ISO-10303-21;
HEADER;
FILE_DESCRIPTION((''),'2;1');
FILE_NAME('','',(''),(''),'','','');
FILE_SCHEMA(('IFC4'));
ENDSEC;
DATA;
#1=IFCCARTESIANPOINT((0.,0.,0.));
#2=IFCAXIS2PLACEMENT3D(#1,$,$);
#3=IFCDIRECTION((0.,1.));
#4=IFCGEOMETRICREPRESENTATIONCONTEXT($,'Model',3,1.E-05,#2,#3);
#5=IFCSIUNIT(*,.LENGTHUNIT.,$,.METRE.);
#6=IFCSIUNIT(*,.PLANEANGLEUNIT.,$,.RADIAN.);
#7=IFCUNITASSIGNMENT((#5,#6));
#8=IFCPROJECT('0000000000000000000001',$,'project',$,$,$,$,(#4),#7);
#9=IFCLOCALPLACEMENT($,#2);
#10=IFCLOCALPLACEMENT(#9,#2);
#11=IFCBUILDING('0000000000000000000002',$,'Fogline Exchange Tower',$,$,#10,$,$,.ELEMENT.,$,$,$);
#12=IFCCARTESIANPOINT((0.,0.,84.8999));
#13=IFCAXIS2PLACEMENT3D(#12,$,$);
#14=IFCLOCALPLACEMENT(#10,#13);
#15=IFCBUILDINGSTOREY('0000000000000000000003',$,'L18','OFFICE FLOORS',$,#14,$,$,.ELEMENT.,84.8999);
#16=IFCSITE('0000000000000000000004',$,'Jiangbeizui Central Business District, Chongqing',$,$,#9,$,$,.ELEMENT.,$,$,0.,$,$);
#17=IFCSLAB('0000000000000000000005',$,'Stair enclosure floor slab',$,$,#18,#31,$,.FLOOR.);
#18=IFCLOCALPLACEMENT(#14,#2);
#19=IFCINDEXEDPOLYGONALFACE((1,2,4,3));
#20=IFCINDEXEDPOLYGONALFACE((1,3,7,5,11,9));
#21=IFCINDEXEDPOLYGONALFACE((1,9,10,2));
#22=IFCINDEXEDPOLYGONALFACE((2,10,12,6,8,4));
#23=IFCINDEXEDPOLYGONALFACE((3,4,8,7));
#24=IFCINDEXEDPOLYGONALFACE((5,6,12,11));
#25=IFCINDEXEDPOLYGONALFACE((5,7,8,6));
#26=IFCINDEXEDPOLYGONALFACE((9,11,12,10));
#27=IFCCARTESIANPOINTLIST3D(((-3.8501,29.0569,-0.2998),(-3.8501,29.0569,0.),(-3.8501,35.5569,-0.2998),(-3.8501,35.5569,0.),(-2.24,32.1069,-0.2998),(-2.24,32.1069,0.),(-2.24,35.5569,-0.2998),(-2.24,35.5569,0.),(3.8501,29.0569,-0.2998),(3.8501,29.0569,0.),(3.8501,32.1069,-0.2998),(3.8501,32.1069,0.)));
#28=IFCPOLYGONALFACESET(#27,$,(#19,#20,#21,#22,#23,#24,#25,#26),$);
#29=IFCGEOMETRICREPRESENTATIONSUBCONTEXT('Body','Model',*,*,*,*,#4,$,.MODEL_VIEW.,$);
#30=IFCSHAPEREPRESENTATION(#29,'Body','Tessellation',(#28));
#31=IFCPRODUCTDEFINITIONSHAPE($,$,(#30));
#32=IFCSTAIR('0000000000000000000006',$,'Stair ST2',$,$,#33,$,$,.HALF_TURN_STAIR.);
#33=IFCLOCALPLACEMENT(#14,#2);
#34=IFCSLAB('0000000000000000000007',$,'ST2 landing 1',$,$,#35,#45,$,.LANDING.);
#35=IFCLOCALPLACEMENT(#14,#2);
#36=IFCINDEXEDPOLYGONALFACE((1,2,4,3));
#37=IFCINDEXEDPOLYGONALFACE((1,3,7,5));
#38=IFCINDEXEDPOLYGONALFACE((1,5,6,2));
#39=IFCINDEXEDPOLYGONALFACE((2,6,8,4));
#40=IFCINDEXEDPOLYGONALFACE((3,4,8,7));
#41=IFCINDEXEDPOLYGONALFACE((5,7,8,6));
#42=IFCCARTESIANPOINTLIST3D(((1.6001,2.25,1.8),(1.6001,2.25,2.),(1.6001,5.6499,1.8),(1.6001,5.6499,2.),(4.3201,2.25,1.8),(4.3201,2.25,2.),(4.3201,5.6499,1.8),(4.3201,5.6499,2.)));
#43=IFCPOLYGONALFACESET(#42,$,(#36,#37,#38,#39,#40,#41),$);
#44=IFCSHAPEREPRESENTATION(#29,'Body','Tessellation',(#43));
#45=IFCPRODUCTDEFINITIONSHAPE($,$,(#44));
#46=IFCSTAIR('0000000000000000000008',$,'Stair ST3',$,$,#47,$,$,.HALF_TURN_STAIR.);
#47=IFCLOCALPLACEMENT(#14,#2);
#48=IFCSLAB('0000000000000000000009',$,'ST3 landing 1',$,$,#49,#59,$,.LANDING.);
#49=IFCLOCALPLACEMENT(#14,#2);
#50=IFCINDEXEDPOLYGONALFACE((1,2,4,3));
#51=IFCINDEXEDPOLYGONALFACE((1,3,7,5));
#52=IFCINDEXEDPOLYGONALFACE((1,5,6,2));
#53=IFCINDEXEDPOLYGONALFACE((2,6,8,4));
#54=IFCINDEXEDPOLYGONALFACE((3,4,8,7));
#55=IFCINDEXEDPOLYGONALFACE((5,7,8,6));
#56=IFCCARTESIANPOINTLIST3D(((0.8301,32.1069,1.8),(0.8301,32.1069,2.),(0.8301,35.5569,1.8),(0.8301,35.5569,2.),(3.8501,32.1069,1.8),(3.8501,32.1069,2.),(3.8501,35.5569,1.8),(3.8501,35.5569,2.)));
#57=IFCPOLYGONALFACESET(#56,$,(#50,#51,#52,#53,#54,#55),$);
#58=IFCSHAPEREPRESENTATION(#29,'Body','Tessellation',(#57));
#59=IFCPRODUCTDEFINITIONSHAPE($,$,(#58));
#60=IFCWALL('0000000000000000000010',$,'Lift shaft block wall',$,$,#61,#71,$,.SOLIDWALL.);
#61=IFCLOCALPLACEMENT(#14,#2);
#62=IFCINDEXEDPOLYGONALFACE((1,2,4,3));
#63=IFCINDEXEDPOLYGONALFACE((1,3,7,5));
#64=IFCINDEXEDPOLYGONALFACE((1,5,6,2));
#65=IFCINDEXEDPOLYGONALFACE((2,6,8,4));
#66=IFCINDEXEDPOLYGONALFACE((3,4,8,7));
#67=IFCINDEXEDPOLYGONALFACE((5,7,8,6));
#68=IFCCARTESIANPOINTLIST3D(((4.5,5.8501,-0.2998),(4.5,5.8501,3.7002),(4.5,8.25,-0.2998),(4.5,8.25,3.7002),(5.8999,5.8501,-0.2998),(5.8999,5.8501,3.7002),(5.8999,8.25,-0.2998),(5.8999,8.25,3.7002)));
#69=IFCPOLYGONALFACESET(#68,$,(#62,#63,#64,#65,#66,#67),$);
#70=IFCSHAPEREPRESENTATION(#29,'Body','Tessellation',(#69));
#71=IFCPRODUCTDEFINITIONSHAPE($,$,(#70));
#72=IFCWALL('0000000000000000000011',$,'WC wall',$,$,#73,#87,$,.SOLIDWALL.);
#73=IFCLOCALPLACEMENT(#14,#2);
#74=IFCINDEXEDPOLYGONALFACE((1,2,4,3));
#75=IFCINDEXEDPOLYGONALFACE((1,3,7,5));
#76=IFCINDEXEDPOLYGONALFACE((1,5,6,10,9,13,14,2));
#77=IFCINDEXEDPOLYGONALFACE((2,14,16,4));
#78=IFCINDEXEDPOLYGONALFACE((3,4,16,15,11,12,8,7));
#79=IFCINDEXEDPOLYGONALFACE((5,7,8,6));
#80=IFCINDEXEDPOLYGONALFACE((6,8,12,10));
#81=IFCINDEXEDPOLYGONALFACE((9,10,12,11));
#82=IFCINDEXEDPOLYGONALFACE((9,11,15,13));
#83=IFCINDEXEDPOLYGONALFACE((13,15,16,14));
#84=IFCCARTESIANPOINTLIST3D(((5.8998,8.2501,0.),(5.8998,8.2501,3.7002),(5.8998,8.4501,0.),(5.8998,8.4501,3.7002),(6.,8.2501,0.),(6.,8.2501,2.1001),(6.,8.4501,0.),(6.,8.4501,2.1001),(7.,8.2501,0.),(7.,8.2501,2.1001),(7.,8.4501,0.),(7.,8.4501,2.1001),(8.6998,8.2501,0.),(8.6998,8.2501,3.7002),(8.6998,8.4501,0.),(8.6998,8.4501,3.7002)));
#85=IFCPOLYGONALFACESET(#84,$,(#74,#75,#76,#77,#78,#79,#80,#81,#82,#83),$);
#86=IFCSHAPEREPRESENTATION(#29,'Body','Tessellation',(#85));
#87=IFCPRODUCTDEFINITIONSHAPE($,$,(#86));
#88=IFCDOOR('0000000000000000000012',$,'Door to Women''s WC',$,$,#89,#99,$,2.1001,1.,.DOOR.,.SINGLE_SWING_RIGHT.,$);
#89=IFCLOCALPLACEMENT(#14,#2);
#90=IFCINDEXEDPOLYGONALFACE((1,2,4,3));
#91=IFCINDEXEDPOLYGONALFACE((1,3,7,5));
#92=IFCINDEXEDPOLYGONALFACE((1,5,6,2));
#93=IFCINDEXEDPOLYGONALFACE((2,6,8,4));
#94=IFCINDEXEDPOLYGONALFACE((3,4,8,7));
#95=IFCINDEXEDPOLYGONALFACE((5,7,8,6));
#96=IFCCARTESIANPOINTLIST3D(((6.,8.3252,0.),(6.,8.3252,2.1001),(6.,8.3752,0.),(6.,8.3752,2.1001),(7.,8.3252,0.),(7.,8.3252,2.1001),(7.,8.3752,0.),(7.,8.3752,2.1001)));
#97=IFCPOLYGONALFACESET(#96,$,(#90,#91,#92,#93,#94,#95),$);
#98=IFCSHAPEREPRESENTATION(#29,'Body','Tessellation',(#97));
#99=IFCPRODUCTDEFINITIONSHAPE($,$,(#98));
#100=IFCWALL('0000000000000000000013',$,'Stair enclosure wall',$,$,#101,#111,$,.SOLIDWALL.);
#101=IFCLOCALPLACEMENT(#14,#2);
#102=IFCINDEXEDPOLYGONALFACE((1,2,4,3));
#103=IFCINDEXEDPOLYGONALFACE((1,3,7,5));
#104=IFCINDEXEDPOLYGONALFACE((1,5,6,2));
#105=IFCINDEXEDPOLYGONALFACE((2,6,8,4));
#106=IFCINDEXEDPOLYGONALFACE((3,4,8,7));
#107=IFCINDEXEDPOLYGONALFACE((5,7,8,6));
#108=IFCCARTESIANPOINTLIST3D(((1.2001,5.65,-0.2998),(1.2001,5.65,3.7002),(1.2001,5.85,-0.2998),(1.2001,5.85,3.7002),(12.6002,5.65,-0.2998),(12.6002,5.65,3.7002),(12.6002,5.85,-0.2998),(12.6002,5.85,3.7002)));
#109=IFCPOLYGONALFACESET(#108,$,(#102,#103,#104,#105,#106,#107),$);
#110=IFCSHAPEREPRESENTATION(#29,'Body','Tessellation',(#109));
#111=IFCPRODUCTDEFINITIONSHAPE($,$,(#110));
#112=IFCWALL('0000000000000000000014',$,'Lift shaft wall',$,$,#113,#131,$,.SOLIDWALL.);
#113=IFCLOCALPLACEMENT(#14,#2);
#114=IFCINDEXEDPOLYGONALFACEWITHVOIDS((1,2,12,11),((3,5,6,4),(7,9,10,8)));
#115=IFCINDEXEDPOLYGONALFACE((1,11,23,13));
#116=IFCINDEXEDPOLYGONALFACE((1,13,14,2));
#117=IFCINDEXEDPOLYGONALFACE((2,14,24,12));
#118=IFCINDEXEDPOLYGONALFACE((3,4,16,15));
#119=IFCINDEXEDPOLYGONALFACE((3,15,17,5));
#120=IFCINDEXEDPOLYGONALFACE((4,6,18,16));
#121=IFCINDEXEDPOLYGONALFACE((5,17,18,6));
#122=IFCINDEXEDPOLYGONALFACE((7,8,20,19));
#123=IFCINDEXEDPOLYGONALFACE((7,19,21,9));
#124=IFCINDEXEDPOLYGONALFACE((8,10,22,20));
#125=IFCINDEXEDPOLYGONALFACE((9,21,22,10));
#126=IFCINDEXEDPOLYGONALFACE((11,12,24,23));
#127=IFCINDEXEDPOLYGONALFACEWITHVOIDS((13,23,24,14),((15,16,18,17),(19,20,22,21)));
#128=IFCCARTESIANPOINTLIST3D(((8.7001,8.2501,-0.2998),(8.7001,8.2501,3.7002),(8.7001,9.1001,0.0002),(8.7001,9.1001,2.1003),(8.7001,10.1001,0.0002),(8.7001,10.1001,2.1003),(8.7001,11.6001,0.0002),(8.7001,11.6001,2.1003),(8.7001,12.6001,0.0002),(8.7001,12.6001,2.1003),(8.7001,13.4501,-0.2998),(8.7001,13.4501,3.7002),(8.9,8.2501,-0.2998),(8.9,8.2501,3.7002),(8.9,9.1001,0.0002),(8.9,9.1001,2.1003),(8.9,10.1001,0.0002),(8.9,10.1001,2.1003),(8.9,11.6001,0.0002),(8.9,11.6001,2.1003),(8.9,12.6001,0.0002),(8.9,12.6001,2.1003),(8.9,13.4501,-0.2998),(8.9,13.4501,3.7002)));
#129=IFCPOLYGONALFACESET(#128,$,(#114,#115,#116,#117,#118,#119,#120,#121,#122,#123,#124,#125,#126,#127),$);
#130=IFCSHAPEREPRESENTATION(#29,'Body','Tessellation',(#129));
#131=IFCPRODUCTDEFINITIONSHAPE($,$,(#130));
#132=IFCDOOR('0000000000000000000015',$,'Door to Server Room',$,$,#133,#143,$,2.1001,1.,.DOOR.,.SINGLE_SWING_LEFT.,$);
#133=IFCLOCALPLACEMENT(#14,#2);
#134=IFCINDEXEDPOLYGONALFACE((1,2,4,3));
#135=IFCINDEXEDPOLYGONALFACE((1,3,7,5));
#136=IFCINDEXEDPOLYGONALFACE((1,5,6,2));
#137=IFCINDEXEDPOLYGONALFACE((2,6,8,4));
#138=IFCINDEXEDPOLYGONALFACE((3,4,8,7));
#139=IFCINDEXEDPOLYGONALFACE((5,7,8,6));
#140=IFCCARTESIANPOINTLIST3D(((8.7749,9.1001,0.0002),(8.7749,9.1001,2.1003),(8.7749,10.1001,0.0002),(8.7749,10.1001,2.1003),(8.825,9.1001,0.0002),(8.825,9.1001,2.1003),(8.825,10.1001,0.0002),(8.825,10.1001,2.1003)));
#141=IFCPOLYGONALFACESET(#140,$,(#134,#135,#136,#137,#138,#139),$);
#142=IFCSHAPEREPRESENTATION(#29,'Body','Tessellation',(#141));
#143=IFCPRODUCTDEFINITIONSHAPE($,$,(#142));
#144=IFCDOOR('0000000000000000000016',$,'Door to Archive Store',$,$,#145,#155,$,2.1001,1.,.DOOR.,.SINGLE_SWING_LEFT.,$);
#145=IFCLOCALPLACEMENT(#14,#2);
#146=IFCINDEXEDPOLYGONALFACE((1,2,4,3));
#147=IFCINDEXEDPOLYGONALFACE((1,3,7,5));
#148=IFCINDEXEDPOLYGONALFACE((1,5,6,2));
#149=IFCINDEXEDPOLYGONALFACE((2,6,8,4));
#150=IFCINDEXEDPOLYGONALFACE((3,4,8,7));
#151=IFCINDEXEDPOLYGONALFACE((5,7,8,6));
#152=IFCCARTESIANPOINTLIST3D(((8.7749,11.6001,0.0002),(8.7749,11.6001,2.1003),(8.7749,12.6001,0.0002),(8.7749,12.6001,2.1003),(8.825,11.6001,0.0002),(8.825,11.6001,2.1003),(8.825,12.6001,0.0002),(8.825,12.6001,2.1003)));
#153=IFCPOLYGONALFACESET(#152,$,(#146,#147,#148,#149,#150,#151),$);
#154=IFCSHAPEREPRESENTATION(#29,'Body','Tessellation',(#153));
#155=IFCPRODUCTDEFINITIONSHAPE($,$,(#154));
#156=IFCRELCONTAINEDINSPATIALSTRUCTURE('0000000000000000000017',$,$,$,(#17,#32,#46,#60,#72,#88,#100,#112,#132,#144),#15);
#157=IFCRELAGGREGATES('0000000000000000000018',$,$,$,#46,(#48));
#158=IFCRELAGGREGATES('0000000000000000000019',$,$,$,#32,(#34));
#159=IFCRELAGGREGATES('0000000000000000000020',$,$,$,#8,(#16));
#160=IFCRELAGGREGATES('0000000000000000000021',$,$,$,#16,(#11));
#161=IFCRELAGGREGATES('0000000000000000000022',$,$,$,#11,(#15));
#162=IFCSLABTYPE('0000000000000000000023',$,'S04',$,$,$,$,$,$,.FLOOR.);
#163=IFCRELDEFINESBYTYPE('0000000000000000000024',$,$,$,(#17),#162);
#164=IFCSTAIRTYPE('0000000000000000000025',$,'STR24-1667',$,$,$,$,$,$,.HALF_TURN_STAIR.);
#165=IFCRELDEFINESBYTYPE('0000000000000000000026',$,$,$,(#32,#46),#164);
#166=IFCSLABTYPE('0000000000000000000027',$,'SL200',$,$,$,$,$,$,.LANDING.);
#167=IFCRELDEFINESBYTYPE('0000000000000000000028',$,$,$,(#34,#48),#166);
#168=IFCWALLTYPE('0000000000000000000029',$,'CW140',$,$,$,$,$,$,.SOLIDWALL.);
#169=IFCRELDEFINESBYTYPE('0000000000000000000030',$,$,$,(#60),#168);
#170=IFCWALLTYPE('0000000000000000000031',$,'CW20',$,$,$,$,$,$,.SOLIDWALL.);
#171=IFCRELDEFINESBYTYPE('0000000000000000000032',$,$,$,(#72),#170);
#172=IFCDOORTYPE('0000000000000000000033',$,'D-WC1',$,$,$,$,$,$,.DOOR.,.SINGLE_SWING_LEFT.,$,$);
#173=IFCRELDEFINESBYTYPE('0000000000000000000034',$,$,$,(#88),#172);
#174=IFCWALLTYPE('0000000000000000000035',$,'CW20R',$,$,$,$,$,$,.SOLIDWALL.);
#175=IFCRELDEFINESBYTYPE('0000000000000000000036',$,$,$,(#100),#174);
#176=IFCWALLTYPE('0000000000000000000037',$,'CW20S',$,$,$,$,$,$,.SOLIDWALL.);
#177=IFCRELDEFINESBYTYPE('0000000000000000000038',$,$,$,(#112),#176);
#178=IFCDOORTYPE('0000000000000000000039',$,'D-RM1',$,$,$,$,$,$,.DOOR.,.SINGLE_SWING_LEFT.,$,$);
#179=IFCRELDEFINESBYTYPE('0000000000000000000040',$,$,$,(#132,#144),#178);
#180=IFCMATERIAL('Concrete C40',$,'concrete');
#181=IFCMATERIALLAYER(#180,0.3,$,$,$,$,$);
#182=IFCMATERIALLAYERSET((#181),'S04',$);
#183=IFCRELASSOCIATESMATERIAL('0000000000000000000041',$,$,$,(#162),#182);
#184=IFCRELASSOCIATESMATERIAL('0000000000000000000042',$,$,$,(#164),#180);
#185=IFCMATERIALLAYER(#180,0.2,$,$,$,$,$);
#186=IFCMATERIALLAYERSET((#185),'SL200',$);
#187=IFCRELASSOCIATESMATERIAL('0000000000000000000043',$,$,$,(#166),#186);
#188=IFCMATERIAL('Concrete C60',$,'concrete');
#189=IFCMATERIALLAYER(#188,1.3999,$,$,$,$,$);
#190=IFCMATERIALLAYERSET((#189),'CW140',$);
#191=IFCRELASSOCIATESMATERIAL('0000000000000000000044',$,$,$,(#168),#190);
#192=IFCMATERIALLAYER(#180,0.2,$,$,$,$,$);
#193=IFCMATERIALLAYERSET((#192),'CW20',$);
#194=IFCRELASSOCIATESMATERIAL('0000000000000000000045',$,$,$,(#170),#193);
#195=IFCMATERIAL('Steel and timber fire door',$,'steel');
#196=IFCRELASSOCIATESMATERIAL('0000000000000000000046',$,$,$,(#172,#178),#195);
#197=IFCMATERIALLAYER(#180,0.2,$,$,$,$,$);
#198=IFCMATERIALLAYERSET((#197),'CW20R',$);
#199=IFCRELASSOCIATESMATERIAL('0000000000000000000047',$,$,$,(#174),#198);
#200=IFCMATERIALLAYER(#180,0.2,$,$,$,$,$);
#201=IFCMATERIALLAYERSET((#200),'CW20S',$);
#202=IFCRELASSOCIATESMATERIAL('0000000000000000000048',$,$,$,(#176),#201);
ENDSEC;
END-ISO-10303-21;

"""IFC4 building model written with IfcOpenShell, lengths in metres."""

from ifc_helpers import new_model, si_unit, direction, frame, frame_2d, origin, place, context, subcontext, project, spatial, polyline, rectangle, outline, extrude, material, layer, layer_set, type_object, element, fill, aggregate, save


model = new_model("IFC4")

# Units and contexts
model_context = context("Model", 3, precision=1e-05, world=origin(), true_north=direction((0.0, 1.0)))
body_context = subcontext(model_context, "Body", "Model", "MODEL_VIEW")
ifc_project = project(units=[si_unit("LENGTHUNIT", "METRE"), si_unit("PLANEANGLEUNIT", "RADIAN")], contexts=[model_context])

# Site, building, storey
site_placement = place(None, origin())
site = spatial("IfcSite", under=ifc_project, at=site_placement, Name="Jiangbeizui Central Business District, Chongqing", CompositionType="ELEMENT", RefElevation=0.0)
building_placement = place(site_placement, origin())
building = spatial("IfcBuilding", under=site, at=building_placement, Name="Fogline Exchange Tower", CompositionType="ELEMENT")
storey_placement = place(building_placement, frame((0.0, 0.0, 84.8999)))
storey = spatial("IfcBuildingStorey", under=building, at=storey_placement, Name="L18", Description="OFFICE FLOORS", CompositionType="ELEMENT", Elevation=84.8999)

# Slab
ifc_material_1 = material(Name="Concrete C40", Category="concrete")
ifc_layer_1 = layer(ifc_material_1, 0.3)
ifc_layer_set_1 = layer_set([ifc_layer_1], Name="S04")
slab_type_1 = type_object("IfcSlabType", Name="S04", PredefinedType="FLOOR", material=ifc_layer_set_1)
slab_1_placement = place(storey_placement, frame((0.0, 0.0, -0.2998)))
element("IfcSlab", 1, at=slab_1_placement, inside=storey, type_object=slab_type_1, Name="Stair enclosure floor slab", PredefinedType="FLOOR", context=body_context, shape_type="SweptSolid", body=[
    extrude(outline(polyline([(3.8501, 29.0569), (-3.8501, 29.0569), (-3.8501, 35.5569), (-2.24, 35.5569), (-2.24, 32.1069), (3.8501, 32.1069), (3.8501, 29.0569)])), origin(), (0.0, 0.0, 1.0), 0.2998),
])

# Stairs, slabs
stair_type = type_object("IfcStairType", Name="STR24-1667", PredefinedType="HALF_TURN_STAIR", material=ifc_material_1)
stair_1_placement = place(storey_placement, origin())
stair_1 = element("IfcStair", 2, at=stair_1_placement, inside=storey, type_object=stair_type, Name="Stair ST2", PredefinedType="HALF_TURN_STAIR")
ifc_layer_2 = layer(ifc_material_1, 0.2)
ifc_layer_set_2 = layer_set([ifc_layer_2], Name="SL200")
slab_type_2 = type_object("IfcSlabType", Name="SL200", PredefinedType="LANDING", material=ifc_layer_set_2)
slab_2_placement = place(storey_placement, frame((0.0, 0.0, 1.8)))
slab_2 = element("IfcSlab", 3, at=slab_2_placement, type_object=slab_type_2, Name="ST2 landing 1", PredefinedType="LANDING", context=body_context, shape_type="SweptSolid", body=[
    extrude(outline(polyline([(1.6001, 2.25), (4.3201, 2.25), (4.3201, 5.6499), (1.6001, 5.6499), (1.6001, 2.25)])), origin(), (0.0, 0.0, 1.0), 0.2),
])
stair_2_placement = place(storey_placement, origin())
stair_2 = element("IfcStair", 4, at=stair_2_placement, inside=storey, type_object=stair_type, Name="Stair ST3", PredefinedType="HALF_TURN_STAIR")
slab_3_placement = place(storey_placement, frame((0.0, 0.0, 1.8)))
slab_3 = element("IfcSlab", 5, at=slab_3_placement, type_object=slab_type_2, Name="ST3 landing 1", PredefinedType="LANDING", context=body_context, shape_type="SweptSolid", body=[
    extrude(outline(polyline([(0.8301, 32.1069), (3.8501, 32.1069), (3.8501, 35.5569), (0.8301, 35.5569), (0.8301, 32.1069)])), origin(), (0.0, 0.0, 1.0), 0.2),
])
aggregate(stair_2, [slab_3])

# Wall
ifc_material_2 = material(Name="Concrete C60", Category="concrete")
ifc_layer_3 = layer(ifc_material_2, 1.3999)
ifc_layer_set_3 = layer_set([ifc_layer_3], Name="CW140")
wall_type_1 = type_object("IfcWallType", Name="CW140", PredefinedType="SOLIDWALL", material=ifc_layer_set_3)
wall_1_placement = place(storey_placement, frame((5.2, 5.8501, -0.2998), z_axis=(0.0, 0.0, 1.0), x_axis=(0.0, 1.0, 0.0)))
element("IfcWall", 6, at=wall_1_placement, inside=storey, type_object=wall_type_1, Name="Lift shaft block wall", PredefinedType="SOLIDWALL", context=body_context, shape_type="SweptSolid", body=[
    extrude(rectangle(XDim=2.3999, YDim=1.3999, at=frame_2d((1.2, 0.0))), origin(), (0.0, 0.0, 1.0), 4.0),
])

# Wall, opening, door
ifc_layer_4 = layer(ifc_material_1, 0.2)
ifc_layer_set_4 = layer_set([ifc_layer_4], Name="CW20")
wall_type_2 = type_object("IfcWallType", Name="CW20", PredefinedType="SOLIDWALL", material=ifc_layer_set_4)
wall_2_placement = place(storey_placement, frame((5.8999, 8.3501, 0.0), z_axis=(0.0, 0.0, 1.0), x_axis=(1.0, 0.0, 0.0)))
wall_2 = element("IfcWall", 7, at=wall_2_placement, inside=storey, type_object=wall_type_2, Name="WC wall", PredefinedType="SOLIDWALL", context=body_context, shape_type="SweptSolid", body=[
    extrude(rectangle(XDim=2.8, YDim=0.2, at=frame_2d((1.3999, 0.0))), origin(), (0.0, 0.0, 1.0), 3.7002),
])
opening_1_placement = place(wall_2_placement, frame((0.1001, 0.0, 0.0)))
opening_1 = element("IfcOpeningElement", 8, at=opening_1_placement, cuts=wall_2, PredefinedType="OPENING", context=body_context, shape_type="SweptSolid", body=[
    extrude(rectangle(XDim=1.0, YDim=2.1001, at=frame_2d((0.5, 1.05))), frame((0.0, 0.1099, 0.0), z_axis=(0.0, -1.0, 0.0), x_axis=(1.0, 0.0, 0.0)), (0.0, 0.0, 1.0), 0.22),
])
ifc_material_3 = material(Name="Steel and timber fire door", Category="steel")
door_type_1 = type_object("IfcDoorType", Name="D-WC1", OperationType="SINGLE_SWING_LEFT", PredefinedType="DOOR", material=ifc_material_3)
door_1_placement = place(opening_1_placement, frame((1.0, 0.0, 0.0), z_axis=(0.0, 0.0, 1.0), x_axis=(-1.0, 0.0, 0.0)))
door_1 = element("IfcDoor", 9, at=door_1_placement, inside=storey, type_object=door_type_1, Name="Door to Women's WC", OperationType="SINGLE_SWING_RIGHT", OverallHeight=2.1001, OverallWidth=1.0, PredefinedType="DOOR", context=body_context, shape_type="SweptSolid", body=[
    extrude(rectangle(XDim=1.0, YDim=2.1001, at=frame_2d((0.5, 1.05))), frame((0.0, 0.0249, 0.0), z_axis=(0.0, -1.0, 0.0), x_axis=(1.0, 0.0, 0.0)), (0.0, 0.0, 1.0), 0.05),
])
fill(opening_1, door_1)

# Wall
ifc_layer_5 = layer(ifc_material_1, 0.2)
ifc_layer_set_5 = layer_set([ifc_layer_5], Name="CW20R")
wall_type_3 = type_object("IfcWallType", Name="CW20R", PredefinedType="SOLIDWALL", material=ifc_layer_set_5)
wall_3_placement = place(storey_placement, frame((1.2, 5.75, -0.2998), z_axis=(0.0, 0.0, 1.0), x_axis=(1.0, 0.0, 0.0)))
element("IfcWall", 10, at=wall_3_placement, inside=storey, type_object=wall_type_3, Name="Stair enclosure wall", PredefinedType="SOLIDWALL", context=body_context, shape_type="SweptSolid", body=[
    extrude(rectangle(XDim=11.4001, YDim=0.2, at=frame_2d((5.7002, 0.0))), origin(), (0.0, 0.0, 1.0), 4.0),
])

# Wall, openings, doors
ifc_layer_6 = layer(ifc_material_1, 0.2)
ifc_layer_set_6 = layer_set([ifc_layer_6], Name="CW20S")
wall_type_4 = type_object("IfcWallType", Name="CW20S", PredefinedType="SOLIDWALL", material=ifc_layer_set_6)
wall_4_placement = place(storey_placement, frame((8.8, 8.25, -0.2998), z_axis=(0.0, 0.0, 1.0), x_axis=(0.0, 1.0, 0.0)))
wall_4 = element("IfcWall", 11, at=wall_4_placement, inside=storey, type_object=wall_type_4, Name="Lift shaft wall", PredefinedType="SOLIDWALL", context=body_context, shape_type="SweptSolid", body=[
    extrude(rectangle(XDim=5.2, YDim=0.2, at=frame_2d((2.6001, 0.0))), origin(), (0.0, 0.0, 1.0), 4.0),
])
opening_2_placement = place(wall_4_placement, frame((0.8501, 0.0, 0.3)))
opening_2 = element("IfcOpeningElement", 12, at=opening_2_placement, cuts=wall_4, PredefinedType="OPENING", context=body_context, shape_type="SweptSolid", body=[
    extrude(rectangle(XDim=1.0, YDim=2.1001, at=frame_2d((0.5, 1.05))), frame((0.0, 0.1099, 0.0), z_axis=(0.0, -1.0, 0.0), x_axis=(1.0, 0.0, 0.0)), (0.0, 0.0, 1.0), 0.22),
])
opening_3_placement = place(wall_4_placement, frame((3.3501, 0.0, 0.3)))
opening_3 = element("IfcOpeningElement", 13, at=opening_3_placement, cuts=wall_4, PredefinedType="OPENING", context=body_context, shape_type="SweptSolid", body=[
    extrude(rectangle(XDim=1.0, YDim=2.1001, at=frame_2d((0.5, 1.05))), frame((0.0, 0.1099, 0.0), z_axis=(0.0, -1.0, 0.0), x_axis=(1.0, 0.0, 0.0)), (0.0, 0.0, 1.0), 0.22),
])
door_type_2 = type_object("IfcDoorType", Name="D-RM1", OperationType="SINGLE_SWING_LEFT", PredefinedType="DOOR", material=ifc_material_3)
door_2_placement = place(opening_2_placement, frame((1.0, 0.0, 0.0), z_axis=(0.0, 0.0, 1.0), x_axis=(-1.0, 0.0, 0.0)))
door_2 = element("IfcDoor", 14, at=door_2_placement, inside=storey, type_object=door_type_2, Name="Door to Server Room", OperationType="SINGLE_SWING_LEFT", OverallHeight=2.1001, OverallWidth=1.0, PredefinedType="DOOR", context=body_context, shape_type="SweptSolid", body=[
    extrude(rectangle(XDim=1.0, YDim=2.1001, at=frame_2d((0.5, 1.05))), frame((0.0, 0.0249, 0.0), z_axis=(0.0, -1.0, 0.0), x_axis=(1.0, 0.0, 0.0)), (0.0, 0.0, 1.0), 0.05),
])
fill(opening_2, door_2)
door_3_placement = place(opening_3_placement, frame((1.0, 0.0, 0.0), z_axis=(0.0, 0.0, 1.0), x_axis=(-1.0, 0.0, 0.0)))
door_3 = element("IfcDoor", 15, at=door_3_placement, inside=storey, type_object=door_type_2, Name="Door to Archive Store", OperationType="SINGLE_SWING_LEFT", OverallHeight=2.1001, OverallWidth=1.0, PredefinedType="DOOR", context=body_context, shape_type="SweptSolid", body=[
    extrude(rectangle(XDim=1.0, YDim=2.1001, at=frame_2d((0.5, 1.05))), frame((0.0, 0.0249, 0.0), z_axis=(0.0, -1.0, 0.0), x_axis=(1.0, 0.0, 0.0)), (0.0, 0.0, 1.0), 0.05),
])
fill(opening_3, door_3)

aggregate(stair_1, [slab_2])

save(model, "model.ifc")
